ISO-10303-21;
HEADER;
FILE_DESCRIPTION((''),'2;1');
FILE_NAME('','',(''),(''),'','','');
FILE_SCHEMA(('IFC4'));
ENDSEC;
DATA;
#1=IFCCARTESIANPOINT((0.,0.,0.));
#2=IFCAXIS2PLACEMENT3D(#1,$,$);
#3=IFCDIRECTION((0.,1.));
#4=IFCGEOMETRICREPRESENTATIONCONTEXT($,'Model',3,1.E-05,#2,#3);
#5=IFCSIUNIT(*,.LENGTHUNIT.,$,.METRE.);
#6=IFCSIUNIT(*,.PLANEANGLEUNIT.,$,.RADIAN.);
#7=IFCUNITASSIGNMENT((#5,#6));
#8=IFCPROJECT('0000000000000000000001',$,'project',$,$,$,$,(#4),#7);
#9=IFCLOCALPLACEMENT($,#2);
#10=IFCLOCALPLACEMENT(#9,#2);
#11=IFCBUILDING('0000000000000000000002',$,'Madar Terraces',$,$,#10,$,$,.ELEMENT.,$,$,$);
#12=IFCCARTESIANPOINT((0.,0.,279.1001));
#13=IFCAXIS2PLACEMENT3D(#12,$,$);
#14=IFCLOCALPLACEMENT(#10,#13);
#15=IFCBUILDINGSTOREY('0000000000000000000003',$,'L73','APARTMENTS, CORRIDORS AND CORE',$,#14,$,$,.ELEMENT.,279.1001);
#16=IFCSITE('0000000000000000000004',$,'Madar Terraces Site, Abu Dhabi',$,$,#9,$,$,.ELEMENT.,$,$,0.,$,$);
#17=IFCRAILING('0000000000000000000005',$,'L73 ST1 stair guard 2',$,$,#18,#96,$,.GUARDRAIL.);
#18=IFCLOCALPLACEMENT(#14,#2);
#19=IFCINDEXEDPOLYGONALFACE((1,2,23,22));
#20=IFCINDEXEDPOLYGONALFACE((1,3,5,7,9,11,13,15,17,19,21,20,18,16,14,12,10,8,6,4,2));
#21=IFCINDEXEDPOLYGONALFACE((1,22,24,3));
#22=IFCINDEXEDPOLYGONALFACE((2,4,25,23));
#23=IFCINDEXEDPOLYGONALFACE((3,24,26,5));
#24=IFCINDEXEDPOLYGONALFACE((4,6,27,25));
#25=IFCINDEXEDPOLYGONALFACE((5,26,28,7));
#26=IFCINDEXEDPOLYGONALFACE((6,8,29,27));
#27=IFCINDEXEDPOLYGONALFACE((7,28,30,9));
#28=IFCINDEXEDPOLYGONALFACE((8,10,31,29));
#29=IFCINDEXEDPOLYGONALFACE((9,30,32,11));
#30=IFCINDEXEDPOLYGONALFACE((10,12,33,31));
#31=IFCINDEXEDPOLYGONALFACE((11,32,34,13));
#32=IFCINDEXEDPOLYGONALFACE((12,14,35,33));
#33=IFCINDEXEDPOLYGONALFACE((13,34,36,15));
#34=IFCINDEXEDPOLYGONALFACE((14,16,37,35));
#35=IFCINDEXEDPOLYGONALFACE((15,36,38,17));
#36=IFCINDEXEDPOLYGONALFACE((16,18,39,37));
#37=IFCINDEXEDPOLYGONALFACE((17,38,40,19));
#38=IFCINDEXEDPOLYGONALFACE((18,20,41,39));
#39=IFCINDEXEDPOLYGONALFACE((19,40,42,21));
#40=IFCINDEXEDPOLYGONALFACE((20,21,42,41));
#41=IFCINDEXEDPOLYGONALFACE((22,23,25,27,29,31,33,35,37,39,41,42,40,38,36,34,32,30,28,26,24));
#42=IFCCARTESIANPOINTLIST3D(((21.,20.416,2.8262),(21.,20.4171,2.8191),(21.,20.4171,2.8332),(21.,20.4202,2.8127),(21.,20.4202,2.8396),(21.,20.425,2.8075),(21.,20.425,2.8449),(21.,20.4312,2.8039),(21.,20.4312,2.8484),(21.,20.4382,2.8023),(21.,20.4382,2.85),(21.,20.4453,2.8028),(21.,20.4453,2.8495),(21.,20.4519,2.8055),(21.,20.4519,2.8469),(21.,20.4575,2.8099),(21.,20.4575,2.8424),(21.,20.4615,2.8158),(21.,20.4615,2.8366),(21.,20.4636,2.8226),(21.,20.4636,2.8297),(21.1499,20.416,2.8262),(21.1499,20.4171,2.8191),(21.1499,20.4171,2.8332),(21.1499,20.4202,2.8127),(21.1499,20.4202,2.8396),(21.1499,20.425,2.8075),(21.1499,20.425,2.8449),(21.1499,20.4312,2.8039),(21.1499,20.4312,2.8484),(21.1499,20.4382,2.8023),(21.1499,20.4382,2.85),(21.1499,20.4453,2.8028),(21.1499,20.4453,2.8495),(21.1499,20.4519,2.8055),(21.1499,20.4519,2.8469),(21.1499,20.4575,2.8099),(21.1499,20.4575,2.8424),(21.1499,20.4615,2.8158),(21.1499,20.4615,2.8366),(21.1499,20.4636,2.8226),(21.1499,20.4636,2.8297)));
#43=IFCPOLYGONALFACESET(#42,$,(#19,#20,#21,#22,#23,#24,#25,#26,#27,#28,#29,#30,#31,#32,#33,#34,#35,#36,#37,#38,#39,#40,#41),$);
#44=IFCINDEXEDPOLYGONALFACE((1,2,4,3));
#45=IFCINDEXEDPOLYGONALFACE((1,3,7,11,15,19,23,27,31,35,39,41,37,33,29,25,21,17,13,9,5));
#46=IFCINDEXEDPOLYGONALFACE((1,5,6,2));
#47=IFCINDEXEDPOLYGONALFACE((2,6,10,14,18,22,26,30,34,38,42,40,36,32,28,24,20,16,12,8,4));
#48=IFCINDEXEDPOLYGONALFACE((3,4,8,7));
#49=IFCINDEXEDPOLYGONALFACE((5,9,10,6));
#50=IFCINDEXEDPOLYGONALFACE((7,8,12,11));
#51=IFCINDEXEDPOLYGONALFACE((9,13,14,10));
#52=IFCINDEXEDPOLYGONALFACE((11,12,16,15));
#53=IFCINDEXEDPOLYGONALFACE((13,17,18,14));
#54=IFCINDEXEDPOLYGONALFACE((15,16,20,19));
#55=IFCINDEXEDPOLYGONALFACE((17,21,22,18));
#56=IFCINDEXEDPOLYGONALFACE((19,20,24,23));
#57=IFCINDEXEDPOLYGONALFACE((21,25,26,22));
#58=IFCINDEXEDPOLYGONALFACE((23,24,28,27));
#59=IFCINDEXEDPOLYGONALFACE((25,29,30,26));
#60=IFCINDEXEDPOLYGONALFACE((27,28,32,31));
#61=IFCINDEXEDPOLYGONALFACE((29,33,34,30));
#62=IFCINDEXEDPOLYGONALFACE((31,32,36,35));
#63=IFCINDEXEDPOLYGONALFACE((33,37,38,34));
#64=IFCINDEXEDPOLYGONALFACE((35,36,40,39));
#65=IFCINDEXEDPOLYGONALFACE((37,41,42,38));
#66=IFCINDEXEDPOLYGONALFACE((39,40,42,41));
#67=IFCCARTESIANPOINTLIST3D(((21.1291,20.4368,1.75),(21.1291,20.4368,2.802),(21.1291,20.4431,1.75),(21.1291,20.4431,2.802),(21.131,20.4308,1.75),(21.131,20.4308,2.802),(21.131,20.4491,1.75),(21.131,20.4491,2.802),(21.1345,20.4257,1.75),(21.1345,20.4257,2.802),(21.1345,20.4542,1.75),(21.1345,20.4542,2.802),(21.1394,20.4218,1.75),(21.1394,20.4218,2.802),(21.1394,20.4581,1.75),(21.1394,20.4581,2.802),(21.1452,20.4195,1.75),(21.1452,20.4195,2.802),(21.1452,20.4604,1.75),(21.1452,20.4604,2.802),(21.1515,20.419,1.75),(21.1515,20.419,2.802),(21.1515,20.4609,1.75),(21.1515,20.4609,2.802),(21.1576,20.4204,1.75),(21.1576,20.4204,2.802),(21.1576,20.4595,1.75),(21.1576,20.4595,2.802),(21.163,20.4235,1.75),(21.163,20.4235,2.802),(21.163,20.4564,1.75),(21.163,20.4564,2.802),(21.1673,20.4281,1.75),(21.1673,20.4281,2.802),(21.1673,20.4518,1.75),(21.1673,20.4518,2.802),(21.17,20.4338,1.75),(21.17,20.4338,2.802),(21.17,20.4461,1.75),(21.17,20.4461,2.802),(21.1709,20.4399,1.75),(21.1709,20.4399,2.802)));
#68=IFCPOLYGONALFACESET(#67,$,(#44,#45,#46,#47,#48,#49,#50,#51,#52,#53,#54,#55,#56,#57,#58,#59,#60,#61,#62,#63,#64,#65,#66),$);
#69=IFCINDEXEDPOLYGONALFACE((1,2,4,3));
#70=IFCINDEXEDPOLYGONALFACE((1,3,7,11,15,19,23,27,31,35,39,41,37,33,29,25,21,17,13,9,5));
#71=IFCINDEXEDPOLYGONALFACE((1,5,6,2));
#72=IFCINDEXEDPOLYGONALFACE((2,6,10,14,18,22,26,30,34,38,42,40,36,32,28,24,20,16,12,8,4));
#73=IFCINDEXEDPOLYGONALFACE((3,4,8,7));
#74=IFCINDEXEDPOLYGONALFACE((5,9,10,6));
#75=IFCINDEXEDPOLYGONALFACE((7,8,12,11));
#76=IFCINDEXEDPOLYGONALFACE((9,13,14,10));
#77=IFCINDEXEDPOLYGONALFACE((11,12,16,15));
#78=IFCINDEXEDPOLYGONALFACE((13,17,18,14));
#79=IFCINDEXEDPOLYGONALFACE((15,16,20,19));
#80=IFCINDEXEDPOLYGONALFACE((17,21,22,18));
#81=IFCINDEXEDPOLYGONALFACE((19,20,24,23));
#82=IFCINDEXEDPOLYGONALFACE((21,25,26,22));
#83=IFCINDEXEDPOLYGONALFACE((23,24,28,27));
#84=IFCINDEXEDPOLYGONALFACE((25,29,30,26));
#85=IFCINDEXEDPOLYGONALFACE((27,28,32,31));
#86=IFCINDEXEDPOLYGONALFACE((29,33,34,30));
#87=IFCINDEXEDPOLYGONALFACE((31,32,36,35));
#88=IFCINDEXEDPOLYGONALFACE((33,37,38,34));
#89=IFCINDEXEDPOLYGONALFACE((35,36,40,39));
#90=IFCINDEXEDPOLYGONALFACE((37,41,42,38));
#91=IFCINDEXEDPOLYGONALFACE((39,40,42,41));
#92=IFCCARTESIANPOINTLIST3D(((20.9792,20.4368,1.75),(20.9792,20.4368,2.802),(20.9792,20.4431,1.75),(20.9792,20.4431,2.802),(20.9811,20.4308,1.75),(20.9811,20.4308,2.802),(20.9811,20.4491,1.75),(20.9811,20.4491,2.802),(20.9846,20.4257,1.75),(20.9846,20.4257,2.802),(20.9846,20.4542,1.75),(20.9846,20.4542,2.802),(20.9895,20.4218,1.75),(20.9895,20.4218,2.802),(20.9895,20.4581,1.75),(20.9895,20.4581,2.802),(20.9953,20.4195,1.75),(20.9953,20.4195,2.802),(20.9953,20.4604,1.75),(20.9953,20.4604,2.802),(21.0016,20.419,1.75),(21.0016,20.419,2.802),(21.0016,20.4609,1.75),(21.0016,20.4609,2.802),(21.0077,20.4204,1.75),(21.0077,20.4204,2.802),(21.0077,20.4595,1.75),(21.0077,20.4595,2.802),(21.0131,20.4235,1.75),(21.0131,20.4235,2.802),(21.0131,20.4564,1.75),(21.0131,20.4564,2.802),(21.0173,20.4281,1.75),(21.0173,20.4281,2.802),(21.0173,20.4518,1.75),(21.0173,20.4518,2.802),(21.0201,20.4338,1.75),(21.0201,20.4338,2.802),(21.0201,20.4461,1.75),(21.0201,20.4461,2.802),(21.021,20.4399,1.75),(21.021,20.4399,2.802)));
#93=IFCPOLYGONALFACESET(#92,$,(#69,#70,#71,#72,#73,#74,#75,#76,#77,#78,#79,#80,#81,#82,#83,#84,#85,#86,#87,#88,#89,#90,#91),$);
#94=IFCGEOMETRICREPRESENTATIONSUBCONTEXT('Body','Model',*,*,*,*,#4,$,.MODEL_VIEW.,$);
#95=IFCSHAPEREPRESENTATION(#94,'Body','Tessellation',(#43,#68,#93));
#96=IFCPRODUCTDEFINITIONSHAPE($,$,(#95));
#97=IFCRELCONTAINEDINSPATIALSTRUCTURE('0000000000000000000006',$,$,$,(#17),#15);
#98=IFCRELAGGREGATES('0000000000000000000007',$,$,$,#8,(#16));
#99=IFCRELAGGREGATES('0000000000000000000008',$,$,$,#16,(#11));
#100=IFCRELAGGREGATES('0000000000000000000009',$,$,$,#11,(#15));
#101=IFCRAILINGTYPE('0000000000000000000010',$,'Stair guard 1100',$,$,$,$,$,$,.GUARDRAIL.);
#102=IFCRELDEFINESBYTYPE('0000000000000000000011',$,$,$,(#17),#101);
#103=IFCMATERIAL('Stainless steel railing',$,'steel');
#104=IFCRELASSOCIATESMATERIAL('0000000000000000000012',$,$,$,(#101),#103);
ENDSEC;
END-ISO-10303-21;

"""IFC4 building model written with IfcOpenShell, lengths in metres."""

from ifc_helpers import new_model, si_unit, direction, frame, origin, origin_2d, place, context, subcontext, project, spatial, circle, extrude, material, type_object, element, save


model = new_model("IFC4")

# Units and contexts
model_context = context("Model", 3, precision=1e-05, world=origin(), true_north=direction((0.0, 1.0)))
body_context = subcontext(model_context, "Body", "Model", "MODEL_VIEW")
ifc_project = project(units=[si_unit("LENGTHUNIT", "METRE"), si_unit("PLANEANGLEUNIT", "RADIAN")], contexts=[model_context])

# Site, building, storey
site_placement = place(None, origin())
site = spatial("IfcSite", under=ifc_project, at=site_placement, Name="Madar Terraces Site, Abu Dhabi", CompositionType="ELEMENT", RefElevation=0.0)
building_placement = place(site_placement, origin())
building = spatial("IfcBuilding", under=site, at=building_placement, Name="Madar Terraces", CompositionType="ELEMENT")
storey_placement = place(building_placement, frame((0.0, 0.0, 279.1001)))
storey = spatial("IfcBuildingStorey", under=building, at=storey_placement, Name="L73", Description="APARTMENTS, CORRIDORS AND CORE", CompositionType="ELEMENT", Elevation=279.1001)

# Railing
ifc_material_1 = material(Name="Stainless steel railing", Category="steel")
railing_type_1 = type_object("IfcRailingType", Name="Stair guard 1100", PredefinedType="GUARDRAIL", material=ifc_material_1)
railing_1_placement = place(storey_placement, frame((21.1499, 20.4399, 1.75)))
element("IfcRailing", 1, at=railing_1_placement, inside=storey, type_object=railing_type_1, Name="L73 ST1 stair guard 2", PredefinedType="GUARDRAIL", context=body_context, shape_type="SweptSolid", body=[
    extrude(circle(Radius=0.0239, at=origin_2d()), frame((0.0, 0.0, 1.0762), z_axis=(-1.0, 0.0, 0.0), x_axis=(0.0, -1.0, 0.0)), (0.0, 0.0, 1.0), 0.1499),
    extrude(circle(Radius=0.021, at=origin_2d()), origin(), (0.0, 0.0, 1.0), 1.052),
    extrude(circle(Radius=0.021, at=origin_2d()), frame((-0.1499, 0.0, 0.0)), (0.0, 0.0, 1.0), 1.052),
])

save(model, "model.ifc")
